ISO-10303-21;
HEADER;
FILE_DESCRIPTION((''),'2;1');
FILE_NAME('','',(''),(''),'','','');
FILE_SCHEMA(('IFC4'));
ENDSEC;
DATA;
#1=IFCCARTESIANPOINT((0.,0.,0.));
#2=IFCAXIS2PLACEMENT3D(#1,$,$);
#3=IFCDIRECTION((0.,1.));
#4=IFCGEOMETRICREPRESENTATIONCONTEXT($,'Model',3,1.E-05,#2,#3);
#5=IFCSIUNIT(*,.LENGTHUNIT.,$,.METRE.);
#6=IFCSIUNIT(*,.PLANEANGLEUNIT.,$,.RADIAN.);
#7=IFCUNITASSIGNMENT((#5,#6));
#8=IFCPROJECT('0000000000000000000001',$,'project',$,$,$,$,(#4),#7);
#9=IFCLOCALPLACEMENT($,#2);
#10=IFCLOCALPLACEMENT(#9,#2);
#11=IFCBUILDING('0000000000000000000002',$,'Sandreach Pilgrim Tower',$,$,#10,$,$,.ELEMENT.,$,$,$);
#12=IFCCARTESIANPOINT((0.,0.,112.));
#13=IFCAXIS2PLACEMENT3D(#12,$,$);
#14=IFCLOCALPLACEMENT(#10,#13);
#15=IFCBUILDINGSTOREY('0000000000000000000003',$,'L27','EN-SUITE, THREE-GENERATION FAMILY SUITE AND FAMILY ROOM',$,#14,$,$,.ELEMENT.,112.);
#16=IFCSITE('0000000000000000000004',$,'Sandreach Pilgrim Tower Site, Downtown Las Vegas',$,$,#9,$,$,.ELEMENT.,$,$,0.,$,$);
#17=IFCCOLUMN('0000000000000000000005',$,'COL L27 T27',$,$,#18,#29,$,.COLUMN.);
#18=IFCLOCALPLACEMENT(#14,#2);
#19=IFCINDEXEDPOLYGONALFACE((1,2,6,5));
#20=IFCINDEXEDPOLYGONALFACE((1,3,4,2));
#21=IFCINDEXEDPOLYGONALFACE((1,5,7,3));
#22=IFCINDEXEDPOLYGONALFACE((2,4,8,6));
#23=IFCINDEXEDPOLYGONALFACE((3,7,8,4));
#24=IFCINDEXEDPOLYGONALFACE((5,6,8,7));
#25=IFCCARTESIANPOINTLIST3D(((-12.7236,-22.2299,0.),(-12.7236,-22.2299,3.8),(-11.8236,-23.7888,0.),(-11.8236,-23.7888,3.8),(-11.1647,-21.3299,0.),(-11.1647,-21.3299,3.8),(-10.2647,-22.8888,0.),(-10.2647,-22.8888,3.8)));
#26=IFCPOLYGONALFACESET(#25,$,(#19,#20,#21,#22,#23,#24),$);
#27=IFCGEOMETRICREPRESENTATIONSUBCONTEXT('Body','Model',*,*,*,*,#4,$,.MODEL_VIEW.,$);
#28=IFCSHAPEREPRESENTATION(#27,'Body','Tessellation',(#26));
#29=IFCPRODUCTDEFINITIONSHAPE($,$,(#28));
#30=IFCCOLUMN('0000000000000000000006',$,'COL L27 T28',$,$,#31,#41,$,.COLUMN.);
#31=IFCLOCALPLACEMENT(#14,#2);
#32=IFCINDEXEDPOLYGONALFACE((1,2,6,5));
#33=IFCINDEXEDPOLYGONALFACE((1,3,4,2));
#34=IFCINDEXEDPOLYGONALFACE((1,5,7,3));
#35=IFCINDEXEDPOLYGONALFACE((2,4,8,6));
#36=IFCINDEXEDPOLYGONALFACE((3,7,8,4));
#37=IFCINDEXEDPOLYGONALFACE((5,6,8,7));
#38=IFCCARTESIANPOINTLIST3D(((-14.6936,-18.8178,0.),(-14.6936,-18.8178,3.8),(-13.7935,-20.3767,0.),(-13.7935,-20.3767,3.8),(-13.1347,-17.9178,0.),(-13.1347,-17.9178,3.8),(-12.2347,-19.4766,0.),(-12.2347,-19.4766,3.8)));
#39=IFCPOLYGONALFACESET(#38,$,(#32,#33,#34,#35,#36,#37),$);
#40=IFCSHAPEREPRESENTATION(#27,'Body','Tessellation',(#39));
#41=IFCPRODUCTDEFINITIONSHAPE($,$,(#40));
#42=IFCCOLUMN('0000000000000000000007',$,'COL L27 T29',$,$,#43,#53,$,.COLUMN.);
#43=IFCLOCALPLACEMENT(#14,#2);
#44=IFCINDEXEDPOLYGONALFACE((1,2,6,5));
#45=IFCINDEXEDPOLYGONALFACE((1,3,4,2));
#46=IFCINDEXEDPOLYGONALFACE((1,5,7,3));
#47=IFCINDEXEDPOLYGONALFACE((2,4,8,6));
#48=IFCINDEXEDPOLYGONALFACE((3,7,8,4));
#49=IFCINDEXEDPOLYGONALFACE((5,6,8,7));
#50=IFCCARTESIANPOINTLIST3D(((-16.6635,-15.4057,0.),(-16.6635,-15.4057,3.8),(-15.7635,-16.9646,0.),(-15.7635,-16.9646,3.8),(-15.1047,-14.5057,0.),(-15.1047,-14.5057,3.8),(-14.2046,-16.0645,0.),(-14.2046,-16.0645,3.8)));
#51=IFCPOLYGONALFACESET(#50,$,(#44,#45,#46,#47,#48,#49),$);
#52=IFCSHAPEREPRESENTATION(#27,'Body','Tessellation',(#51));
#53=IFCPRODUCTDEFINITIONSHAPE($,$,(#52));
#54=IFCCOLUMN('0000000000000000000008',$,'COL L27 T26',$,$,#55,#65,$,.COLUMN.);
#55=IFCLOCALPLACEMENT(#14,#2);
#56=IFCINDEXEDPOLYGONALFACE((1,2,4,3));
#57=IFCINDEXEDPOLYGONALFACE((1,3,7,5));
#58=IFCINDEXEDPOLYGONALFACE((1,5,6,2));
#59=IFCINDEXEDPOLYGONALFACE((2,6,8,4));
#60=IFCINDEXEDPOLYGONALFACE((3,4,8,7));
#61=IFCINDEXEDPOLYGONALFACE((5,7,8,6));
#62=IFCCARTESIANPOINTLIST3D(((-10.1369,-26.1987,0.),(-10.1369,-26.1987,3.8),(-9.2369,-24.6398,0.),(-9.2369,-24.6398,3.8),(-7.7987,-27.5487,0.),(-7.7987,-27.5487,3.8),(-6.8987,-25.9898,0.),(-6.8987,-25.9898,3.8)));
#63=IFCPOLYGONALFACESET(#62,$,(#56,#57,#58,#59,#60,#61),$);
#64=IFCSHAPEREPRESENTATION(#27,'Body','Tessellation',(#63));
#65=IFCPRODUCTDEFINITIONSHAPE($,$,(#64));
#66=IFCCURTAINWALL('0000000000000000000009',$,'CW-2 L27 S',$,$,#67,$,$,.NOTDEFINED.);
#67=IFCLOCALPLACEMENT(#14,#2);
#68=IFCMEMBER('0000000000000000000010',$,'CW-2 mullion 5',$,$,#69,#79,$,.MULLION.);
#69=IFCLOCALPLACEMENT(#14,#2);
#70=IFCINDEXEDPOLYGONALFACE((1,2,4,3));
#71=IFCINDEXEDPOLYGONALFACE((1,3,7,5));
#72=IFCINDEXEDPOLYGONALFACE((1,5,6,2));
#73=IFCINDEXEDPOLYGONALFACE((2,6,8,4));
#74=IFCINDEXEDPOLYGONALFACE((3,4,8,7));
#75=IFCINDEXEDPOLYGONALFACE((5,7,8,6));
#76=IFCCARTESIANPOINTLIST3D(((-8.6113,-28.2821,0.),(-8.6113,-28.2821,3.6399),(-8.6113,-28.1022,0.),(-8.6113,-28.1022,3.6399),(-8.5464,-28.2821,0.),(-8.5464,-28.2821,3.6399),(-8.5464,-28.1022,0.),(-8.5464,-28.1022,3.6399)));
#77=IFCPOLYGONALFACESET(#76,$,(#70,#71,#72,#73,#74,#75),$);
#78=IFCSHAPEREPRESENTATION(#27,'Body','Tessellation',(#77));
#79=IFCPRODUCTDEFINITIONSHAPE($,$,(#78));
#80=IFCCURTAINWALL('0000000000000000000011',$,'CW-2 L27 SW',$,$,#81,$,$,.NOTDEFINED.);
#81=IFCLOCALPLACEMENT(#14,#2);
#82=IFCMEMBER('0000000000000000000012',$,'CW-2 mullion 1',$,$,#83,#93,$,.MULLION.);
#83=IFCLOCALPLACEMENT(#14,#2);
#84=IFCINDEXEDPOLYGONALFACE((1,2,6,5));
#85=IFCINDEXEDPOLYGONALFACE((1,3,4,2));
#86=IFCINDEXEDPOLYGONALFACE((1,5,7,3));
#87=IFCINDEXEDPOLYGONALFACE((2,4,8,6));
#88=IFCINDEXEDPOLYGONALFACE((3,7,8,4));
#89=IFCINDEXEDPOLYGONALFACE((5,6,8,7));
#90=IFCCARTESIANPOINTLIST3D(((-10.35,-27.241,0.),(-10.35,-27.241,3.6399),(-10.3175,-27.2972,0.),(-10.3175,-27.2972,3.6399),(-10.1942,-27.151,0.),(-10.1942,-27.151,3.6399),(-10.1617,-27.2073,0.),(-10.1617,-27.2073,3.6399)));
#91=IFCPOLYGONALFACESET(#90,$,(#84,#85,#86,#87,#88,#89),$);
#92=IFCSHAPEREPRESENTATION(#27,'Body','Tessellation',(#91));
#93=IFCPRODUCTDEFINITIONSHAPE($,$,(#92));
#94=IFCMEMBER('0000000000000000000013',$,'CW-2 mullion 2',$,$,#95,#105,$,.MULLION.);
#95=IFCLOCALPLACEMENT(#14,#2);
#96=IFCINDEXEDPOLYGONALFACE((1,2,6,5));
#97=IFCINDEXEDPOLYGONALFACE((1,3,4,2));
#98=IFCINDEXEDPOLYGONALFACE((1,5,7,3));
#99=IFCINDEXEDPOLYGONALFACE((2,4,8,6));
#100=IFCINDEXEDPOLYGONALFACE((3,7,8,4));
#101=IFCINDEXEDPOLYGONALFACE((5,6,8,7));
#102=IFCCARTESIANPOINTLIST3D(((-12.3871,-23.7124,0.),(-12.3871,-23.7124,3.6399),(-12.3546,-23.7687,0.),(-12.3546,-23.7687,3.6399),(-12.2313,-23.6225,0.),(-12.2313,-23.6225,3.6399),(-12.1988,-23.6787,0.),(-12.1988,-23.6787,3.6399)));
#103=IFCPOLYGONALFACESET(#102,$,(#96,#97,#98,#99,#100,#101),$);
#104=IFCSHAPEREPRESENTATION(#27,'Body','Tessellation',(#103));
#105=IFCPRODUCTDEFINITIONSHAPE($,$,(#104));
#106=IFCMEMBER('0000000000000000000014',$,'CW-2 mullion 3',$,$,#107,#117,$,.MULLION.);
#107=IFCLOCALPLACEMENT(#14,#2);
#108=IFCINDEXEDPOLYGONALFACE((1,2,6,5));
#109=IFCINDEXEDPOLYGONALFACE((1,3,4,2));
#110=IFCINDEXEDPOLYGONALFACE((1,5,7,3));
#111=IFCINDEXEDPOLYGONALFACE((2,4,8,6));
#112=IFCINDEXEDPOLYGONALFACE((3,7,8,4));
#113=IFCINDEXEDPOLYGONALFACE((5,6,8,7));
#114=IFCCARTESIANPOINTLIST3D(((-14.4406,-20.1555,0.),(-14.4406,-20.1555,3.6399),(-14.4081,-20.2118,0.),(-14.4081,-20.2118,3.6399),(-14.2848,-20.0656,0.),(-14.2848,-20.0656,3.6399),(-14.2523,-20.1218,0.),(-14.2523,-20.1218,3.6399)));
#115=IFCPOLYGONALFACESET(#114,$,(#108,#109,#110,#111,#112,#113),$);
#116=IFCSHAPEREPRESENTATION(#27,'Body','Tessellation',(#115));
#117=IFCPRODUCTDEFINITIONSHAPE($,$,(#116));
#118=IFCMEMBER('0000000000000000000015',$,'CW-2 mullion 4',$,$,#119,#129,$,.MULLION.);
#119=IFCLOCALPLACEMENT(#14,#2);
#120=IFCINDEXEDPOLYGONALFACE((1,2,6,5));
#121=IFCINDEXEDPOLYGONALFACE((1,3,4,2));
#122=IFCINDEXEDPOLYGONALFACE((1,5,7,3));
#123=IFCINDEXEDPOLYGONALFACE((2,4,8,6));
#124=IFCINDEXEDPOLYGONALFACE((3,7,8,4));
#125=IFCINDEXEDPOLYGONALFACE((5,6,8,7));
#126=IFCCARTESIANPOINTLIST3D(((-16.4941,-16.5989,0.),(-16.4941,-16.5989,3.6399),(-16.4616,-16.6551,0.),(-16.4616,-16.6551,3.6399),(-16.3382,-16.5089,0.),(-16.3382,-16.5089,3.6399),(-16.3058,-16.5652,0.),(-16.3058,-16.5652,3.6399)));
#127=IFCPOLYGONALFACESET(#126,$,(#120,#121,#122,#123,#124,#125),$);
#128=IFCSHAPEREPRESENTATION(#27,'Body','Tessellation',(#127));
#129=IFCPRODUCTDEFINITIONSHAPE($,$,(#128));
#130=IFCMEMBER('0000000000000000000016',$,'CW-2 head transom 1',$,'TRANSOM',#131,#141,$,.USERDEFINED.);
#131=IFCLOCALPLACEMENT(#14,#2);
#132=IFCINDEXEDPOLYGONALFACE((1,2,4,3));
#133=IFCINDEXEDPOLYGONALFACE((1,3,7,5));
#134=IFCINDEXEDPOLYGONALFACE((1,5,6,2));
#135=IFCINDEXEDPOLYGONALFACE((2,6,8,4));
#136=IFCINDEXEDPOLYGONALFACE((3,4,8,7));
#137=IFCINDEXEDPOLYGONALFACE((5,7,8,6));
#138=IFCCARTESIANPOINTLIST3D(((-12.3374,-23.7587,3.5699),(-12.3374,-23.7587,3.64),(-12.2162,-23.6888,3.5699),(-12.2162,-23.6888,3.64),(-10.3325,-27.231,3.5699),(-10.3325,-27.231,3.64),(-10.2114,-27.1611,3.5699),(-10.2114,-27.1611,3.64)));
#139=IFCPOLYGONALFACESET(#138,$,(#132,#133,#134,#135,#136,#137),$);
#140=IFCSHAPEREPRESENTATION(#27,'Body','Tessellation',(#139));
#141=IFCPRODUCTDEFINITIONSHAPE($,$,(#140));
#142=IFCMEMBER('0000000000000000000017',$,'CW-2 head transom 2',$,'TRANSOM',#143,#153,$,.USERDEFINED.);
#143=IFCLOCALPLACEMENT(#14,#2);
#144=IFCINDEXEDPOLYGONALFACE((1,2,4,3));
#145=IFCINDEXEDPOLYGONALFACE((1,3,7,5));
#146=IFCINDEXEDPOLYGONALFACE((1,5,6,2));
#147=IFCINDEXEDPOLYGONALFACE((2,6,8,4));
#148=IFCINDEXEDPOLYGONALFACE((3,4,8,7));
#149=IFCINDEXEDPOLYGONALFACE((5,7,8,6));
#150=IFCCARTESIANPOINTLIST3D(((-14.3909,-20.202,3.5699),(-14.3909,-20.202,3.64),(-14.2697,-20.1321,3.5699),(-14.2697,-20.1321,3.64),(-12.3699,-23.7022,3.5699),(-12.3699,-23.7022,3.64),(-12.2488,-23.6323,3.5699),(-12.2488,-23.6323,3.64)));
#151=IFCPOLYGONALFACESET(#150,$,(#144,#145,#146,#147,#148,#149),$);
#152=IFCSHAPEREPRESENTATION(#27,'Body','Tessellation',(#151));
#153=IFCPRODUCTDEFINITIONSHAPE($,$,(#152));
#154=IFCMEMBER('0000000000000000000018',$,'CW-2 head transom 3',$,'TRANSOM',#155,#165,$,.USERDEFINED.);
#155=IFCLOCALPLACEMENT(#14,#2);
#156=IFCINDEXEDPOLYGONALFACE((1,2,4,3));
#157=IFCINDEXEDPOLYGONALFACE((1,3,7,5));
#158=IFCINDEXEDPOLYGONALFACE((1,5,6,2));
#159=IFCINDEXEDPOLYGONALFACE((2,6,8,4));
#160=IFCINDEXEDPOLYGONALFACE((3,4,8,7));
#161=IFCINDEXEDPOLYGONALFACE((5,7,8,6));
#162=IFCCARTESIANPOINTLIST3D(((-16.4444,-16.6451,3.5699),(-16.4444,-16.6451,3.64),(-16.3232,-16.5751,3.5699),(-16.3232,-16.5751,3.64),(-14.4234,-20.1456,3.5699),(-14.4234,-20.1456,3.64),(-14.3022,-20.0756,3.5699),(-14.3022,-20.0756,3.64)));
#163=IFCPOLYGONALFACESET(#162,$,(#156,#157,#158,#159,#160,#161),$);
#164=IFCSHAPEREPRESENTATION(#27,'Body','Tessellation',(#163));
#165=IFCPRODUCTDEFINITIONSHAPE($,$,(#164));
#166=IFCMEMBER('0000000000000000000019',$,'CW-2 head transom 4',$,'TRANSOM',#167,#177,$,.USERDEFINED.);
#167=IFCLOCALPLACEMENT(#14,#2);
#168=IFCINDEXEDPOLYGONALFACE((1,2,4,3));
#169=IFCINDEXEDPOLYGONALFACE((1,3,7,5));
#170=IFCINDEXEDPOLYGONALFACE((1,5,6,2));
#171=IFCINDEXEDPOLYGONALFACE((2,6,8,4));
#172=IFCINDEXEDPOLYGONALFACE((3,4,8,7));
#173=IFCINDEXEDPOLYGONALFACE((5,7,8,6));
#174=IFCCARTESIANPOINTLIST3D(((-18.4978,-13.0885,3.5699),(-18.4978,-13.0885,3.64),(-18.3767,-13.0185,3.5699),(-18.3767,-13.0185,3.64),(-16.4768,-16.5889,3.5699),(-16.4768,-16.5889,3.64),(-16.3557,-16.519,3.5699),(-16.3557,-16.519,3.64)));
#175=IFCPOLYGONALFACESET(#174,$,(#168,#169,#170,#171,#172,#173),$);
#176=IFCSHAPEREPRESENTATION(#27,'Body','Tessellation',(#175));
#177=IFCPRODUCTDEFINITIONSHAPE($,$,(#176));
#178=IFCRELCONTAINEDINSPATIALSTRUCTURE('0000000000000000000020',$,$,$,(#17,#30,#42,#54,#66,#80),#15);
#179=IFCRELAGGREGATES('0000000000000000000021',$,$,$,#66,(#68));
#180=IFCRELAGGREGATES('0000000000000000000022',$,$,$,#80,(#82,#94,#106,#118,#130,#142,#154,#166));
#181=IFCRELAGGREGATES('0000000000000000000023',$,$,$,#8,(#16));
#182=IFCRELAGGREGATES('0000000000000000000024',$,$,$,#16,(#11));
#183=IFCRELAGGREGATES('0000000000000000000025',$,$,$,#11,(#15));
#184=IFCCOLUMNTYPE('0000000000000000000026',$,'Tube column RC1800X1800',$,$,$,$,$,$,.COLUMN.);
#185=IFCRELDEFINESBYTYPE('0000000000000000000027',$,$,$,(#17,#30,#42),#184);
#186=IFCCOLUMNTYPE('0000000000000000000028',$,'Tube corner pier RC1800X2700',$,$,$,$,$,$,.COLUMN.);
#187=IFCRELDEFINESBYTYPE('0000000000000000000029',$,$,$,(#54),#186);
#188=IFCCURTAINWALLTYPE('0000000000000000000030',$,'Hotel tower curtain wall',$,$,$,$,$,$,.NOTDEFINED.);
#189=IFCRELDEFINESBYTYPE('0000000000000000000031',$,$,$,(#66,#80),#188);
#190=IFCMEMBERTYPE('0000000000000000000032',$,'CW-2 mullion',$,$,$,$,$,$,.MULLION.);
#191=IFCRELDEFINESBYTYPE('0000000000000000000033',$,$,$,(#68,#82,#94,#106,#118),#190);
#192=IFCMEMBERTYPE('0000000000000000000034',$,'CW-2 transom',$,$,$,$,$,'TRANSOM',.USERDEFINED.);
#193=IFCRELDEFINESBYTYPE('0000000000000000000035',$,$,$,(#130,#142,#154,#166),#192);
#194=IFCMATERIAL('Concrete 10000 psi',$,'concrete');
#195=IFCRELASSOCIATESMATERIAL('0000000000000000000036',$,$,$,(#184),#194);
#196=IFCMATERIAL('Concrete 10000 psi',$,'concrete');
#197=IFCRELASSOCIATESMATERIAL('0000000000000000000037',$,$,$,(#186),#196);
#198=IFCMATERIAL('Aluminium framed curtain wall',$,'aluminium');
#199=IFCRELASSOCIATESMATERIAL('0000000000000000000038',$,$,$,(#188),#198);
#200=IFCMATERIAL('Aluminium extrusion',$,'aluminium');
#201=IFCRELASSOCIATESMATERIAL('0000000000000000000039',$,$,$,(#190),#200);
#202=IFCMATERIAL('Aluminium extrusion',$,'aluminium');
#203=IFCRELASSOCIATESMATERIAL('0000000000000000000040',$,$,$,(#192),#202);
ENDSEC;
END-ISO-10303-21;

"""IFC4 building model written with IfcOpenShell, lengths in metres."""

from ifc_helpers import new_model, si_unit, direction, frame, origin, origin_2d, place, context, subcontext, project, spatial, rectangle, extrude, material, material_profile, profile_set, type_object, element, aggregate, save


model = new_model("IFC4")

# Units and contexts
model_context = context("Model", 3, precision=1e-05, world=origin(), true_north=direction((0.0, 1.0)))
body_context = subcontext(model_context, "Body", "Model", "MODEL_VIEW")
ifc_project = project(units=[si_unit("LENGTHUNIT", "METRE"), si_unit("PLANEANGLEUNIT", "RADIAN")], contexts=[model_context])

# Site, building, storey
site_placement = place(None, origin())
site = spatial("IfcSite", under=ifc_project, at=site_placement, Name="Sandreach Pilgrim Tower Site, Downtown Las Vegas", CompositionType="ELEMENT", RefElevation=0.0)
building_placement = place(site_placement, origin())
building = spatial("IfcBuilding", under=site, at=building_placement, Name="Sandreach Pilgrim Tower", CompositionType="ELEMENT")
storey_placement = place(building_placement, frame((0.0, 0.0, 112.0)))
storey = spatial("IfcBuildingStorey", under=building, at=storey_placement, Name="L27", Description="EN-SUITE, THREE-GENERATION FAMILY SUITE AND FAMILY ROOM", CompositionType="ELEMENT", Elevation=112.0)

# Columns
ifc_material_1 = material(Name="Concrete 10000 psi", Category="concrete")
ifc_material_profile_1 = material_profile(ifc_material_1, rectangle(XDim=1.8, YDim=1.8, at=origin_2d()), Name="RC1800X1800")
ifc_profile_set_1 = profile_set([ifc_material_profile_1], Name="Concrete 10000 psi")
column_type_1 = type_object("IfcColumnType", Name="Tube column RC1800X1800", PredefinedType="COLUMN", material=ifc_profile_set_1)
for number, where, z_axis, x_axis, name in (
    (1, (-11.4941, -22.5593, 0.0), (0.0, 0.0, 1.0), (-0.866025, -0.5, 0.0), "COL L27 T27"),
    (2, (-13.4641, -19.1472, 0.0), (0.0, 0.0, 1.0), (-0.866025, -0.5, 0.0), "COL L27 T28"),
    (3, (-15.4341, -15.7351, 0.0), (0.0, 0.0, 1.0), (-0.866025, -0.5, 0.0), "COL L27 T29"),
):
    element("IfcColumn", number, at=place(storey_placement, frame(where, z_axis=z_axis, x_axis=x_axis)), inside=storey, type_object=column_type_1, Name=name, PredefinedType="COLUMN", context=body_context, shape_type="SweptSolid", body=[
        extrude(rectangle(XDim=1.8, YDim=1.8, at=origin_2d()), origin(), (0.0, 0.0, 1.0), 3.8),
    ])
ifc_material_2 = material(Name="Concrete 10000 psi", Category="concrete")
ifc_material_profile_2 = material_profile(ifc_material_2, rectangle(XDim=1.8, YDim=2.7, at=origin_2d()), Name="RC1800X2700")
ifc_profile_set_2 = profile_set([ifc_material_profile_2], Name="Concrete 10000 psi")
column_type_2 = type_object("IfcColumnType", Name="Tube corner pier RC1800X2700", PredefinedType="COLUMN", material=ifc_profile_set_2)
column_placement = place(storey_placement, frame((-8.5178, -26.0942, 0.0), z_axis=(0.0, 0.0, 1.0), x_axis=(-0.5, -0.866025, 0.0)))
element("IfcColumn", 4, at=column_placement, inside=storey, type_object=column_type_2, Name="COL L27 T26", PredefinedType="COLUMN", context=body_context, shape_type="SweptSolid", body=[
    extrude(rectangle(XDim=1.8, YDim=2.7, at=origin_2d()), origin(), (0.0, 0.0, 1.0), 3.8),
])

# Curtain wall, member
ifc_material_3 = material(Name="Aluminium framed curtain wall", Category="aluminium")
curtain_wall_type = type_object("IfcCurtainWallType", Name="Hotel tower curtain wall", PredefinedType="NOTDEFINED", material=ifc_material_3)
curtain_wall_1_placement = place(storey_placement, origin())
curtain_wall_1 = element("IfcCurtainWall", 5, at=curtain_wall_1_placement, inside=storey, type_object=curtain_wall_type, Name="CW-2 L27 S", PredefinedType="NOTDEFINED")
ifc_material_4 = material(Name="Aluminium extrusion", Category="aluminium")
ifc_material_profile_3 = material_profile(ifc_material_4, rectangle(XDim=0.0649, YDim=0.1799, at=origin_2d()), Name="CW-2M 65X180")
ifc_profile_set_3 = profile_set([ifc_material_profile_3], Name="Aluminium extrusion")
member_type_1 = type_object("IfcMemberType", Name="CW-2 mullion", PredefinedType="MULLION", material=ifc_profile_set_3)
member_1_placement = place(storey_placement, frame((-8.5789, -28.1921, 0.0), z_axis=(0.0, 0.0, 1.0), x_axis=(-1.0, 0.0, 0.0)))
member_1 = element("IfcMember", 6, at=member_1_placement, type_object=member_type_1, Name="CW-2 mullion 5", PredefinedType="MULLION", context=body_context, shape_type="SweptSolid", body=[
    extrude(rectangle(XDim=0.0649, YDim=0.1799, at=origin_2d()), origin(), (0.0, 0.0, 1.0), 3.6399),
])
aggregate(curtain_wall_1, [member_1])

# Curtain wall, members
curtain_wall_2_placement = place(storey_placement, origin())
curtain_wall_2 = element("IfcCurtainWall", 7, at=curtain_wall_2_placement, inside=storey, type_object=curtain_wall_type, Name="CW-2 L27 SW", PredefinedType="NOTDEFINED")
member_2_placement = place(storey_placement, frame((-10.2559, -27.2241, 0.0), z_axis=(0.0, 0.0, 1.0), x_axis=(-0.5, 0.866025, 0.0)))
member_2 = element("IfcMember", 8, at=member_2_placement, type_object=member_type_1, Name="CW-2 mullion 1", PredefinedType="MULLION", context=body_context, shape_type="SweptSolid", body=[
    extrude(rectangle(XDim=0.0649, YDim=0.1799, at=origin_2d()), origin(), (0.0, 0.0, 1.0), 3.6399),
])
member_3_placement = place(storey_placement, frame((-12.293, -23.6956, 0.0), z_axis=(0.0, 0.0, 1.0), x_axis=(-0.5, 0.866025, 0.0)))
member_3 = element("IfcMember", 9, at=member_3_placement, type_object=member_type_1, Name="CW-2 mullion 2", PredefinedType="MULLION", context=body_context, shape_type="SweptSolid", body=[
    extrude(rectangle(XDim=0.0649, YDim=0.1799, at=origin_2d()), origin(), (0.0, 0.0, 1.0), 3.6399),
])
member_4_placement = place(storey_placement, frame((-14.3464, -20.1387, 0.0), z_axis=(0.0, 0.0, 1.0), x_axis=(-0.5, 0.866025, 0.0)))
member_4 = element("IfcMember", 10, at=member_4_placement, type_object=member_type_1, Name="CW-2 mullion 3", PredefinedType="MULLION", context=body_context, shape_type="SweptSolid", body=[
    extrude(rectangle(XDim=0.0649, YDim=0.1799, at=origin_2d()), origin(), (0.0, 0.0, 1.0), 3.6399),
])
member_5_placement = place(storey_placement, frame((-16.3999, -16.582, 0.0), z_axis=(0.0, 0.0, 1.0), x_axis=(-0.5, 0.866025, 0.0)))
member_5 = element("IfcMember", 11, at=member_5_placement, type_object=member_type_1, Name="CW-2 mullion 4", PredefinedType="MULLION", context=body_context, shape_type="SweptSolid", body=[
    extrude(rectangle(XDim=0.0649, YDim=0.1799, at=origin_2d()), origin(), (0.0, 0.0, 1.0), 3.6399),
])
ifc_material_5 = material(Name="Aluminium extrusion", Category="aluminium")
ifc_material_profile_4 = material_profile(ifc_material_5, rectangle(XDim=0.1399, YDim=0.0701, at=origin_2d()), Name="CW-2T 140X70")
ifc_profile_set_4 = profile_set([ifc_material_profile_4], Name="Aluminium extrusion")
member_type_2 = type_object("IfcMemberType", Name="CW-2 transom", ElementType="TRANSOM", PredefinedType="USERDEFINED", material=ifc_profile_set_4)
member_6_placement = place(storey_placement, frame((-10.272, -27.196, 3.605), z_axis=(-0.500016, 0.866016, 0.0), x_axis=(-0.866016, -0.500016, 0.0)))
member_6 = element("IfcMember", 12, at=member_6_placement, type_object=member_type_2, Name="CW-2 head transom 1", ObjectType="TRANSOM", PredefinedType="USERDEFINED", context=body_context, shape_type="SweptSolid", body=[
    extrude(rectangle(XDim=0.1399, YDim=0.0701, at=origin_2d()), origin(), (0.0, 0.0, 1.0), 4.0095),
])
member_7_placement = place(storey_placement, frame((-12.3093, -23.6672, 3.605), z_axis=(-0.500024, 0.866012, 0.0), x_axis=(-0.866012, -0.500024, 0.0)))
member_7 = element("IfcMember", 13, at=member_7_placement, type_object=member_type_2, Name="CW-2 head transom 2", ObjectType="TRANSOM", PredefinedType="USERDEFINED", context=body_context, shape_type="SweptSolid", body=[
    extrude(rectangle(XDim=0.1399, YDim=0.0701, at=origin_2d()), origin(), (0.0, 0.0, 1.0), 4.0417),
])
member_8_placement = place(storey_placement, frame((-14.3628, -20.1106, 3.605), z_axis=(-0.499998, 0.866027, 0.0), x_axis=(-0.866027, -0.499998, 0.0)))
member_8 = element("IfcMember", 14, at=member_8_placement, type_object=member_type_2, Name="CW-2 head transom 3", ObjectType="TRANSOM", PredefinedType="USERDEFINED", context=body_context, shape_type="SweptSolid", body=[
    extrude(rectangle(XDim=0.1399, YDim=0.0701, at=origin_2d()), origin(), (0.0, 0.0, 1.0), 4.042),
])
member_9_placement = place(storey_placement, frame((-16.4163, -16.554, 3.605), z_axis=(-0.499998, 0.866027, 0.0), x_axis=(-0.866027, -0.499998, 0.0)))
member_9 = element("IfcMember", 15, at=member_9_placement, type_object=member_type_2, Name="CW-2 head transom 4", ObjectType="TRANSOM", PredefinedType="USERDEFINED", context=body_context, shape_type="SweptSolid", body=[
    extrude(rectangle(XDim=0.1399, YDim=0.0701, at=origin_2d()), origin(), (0.0, 0.0, 1.0), 4.042),
])

aggregate(curtain_wall_2, [member_2, member_3, member_4, member_5, member_6, member_7, member_8, member_9])

save(model, "model.ifc")
